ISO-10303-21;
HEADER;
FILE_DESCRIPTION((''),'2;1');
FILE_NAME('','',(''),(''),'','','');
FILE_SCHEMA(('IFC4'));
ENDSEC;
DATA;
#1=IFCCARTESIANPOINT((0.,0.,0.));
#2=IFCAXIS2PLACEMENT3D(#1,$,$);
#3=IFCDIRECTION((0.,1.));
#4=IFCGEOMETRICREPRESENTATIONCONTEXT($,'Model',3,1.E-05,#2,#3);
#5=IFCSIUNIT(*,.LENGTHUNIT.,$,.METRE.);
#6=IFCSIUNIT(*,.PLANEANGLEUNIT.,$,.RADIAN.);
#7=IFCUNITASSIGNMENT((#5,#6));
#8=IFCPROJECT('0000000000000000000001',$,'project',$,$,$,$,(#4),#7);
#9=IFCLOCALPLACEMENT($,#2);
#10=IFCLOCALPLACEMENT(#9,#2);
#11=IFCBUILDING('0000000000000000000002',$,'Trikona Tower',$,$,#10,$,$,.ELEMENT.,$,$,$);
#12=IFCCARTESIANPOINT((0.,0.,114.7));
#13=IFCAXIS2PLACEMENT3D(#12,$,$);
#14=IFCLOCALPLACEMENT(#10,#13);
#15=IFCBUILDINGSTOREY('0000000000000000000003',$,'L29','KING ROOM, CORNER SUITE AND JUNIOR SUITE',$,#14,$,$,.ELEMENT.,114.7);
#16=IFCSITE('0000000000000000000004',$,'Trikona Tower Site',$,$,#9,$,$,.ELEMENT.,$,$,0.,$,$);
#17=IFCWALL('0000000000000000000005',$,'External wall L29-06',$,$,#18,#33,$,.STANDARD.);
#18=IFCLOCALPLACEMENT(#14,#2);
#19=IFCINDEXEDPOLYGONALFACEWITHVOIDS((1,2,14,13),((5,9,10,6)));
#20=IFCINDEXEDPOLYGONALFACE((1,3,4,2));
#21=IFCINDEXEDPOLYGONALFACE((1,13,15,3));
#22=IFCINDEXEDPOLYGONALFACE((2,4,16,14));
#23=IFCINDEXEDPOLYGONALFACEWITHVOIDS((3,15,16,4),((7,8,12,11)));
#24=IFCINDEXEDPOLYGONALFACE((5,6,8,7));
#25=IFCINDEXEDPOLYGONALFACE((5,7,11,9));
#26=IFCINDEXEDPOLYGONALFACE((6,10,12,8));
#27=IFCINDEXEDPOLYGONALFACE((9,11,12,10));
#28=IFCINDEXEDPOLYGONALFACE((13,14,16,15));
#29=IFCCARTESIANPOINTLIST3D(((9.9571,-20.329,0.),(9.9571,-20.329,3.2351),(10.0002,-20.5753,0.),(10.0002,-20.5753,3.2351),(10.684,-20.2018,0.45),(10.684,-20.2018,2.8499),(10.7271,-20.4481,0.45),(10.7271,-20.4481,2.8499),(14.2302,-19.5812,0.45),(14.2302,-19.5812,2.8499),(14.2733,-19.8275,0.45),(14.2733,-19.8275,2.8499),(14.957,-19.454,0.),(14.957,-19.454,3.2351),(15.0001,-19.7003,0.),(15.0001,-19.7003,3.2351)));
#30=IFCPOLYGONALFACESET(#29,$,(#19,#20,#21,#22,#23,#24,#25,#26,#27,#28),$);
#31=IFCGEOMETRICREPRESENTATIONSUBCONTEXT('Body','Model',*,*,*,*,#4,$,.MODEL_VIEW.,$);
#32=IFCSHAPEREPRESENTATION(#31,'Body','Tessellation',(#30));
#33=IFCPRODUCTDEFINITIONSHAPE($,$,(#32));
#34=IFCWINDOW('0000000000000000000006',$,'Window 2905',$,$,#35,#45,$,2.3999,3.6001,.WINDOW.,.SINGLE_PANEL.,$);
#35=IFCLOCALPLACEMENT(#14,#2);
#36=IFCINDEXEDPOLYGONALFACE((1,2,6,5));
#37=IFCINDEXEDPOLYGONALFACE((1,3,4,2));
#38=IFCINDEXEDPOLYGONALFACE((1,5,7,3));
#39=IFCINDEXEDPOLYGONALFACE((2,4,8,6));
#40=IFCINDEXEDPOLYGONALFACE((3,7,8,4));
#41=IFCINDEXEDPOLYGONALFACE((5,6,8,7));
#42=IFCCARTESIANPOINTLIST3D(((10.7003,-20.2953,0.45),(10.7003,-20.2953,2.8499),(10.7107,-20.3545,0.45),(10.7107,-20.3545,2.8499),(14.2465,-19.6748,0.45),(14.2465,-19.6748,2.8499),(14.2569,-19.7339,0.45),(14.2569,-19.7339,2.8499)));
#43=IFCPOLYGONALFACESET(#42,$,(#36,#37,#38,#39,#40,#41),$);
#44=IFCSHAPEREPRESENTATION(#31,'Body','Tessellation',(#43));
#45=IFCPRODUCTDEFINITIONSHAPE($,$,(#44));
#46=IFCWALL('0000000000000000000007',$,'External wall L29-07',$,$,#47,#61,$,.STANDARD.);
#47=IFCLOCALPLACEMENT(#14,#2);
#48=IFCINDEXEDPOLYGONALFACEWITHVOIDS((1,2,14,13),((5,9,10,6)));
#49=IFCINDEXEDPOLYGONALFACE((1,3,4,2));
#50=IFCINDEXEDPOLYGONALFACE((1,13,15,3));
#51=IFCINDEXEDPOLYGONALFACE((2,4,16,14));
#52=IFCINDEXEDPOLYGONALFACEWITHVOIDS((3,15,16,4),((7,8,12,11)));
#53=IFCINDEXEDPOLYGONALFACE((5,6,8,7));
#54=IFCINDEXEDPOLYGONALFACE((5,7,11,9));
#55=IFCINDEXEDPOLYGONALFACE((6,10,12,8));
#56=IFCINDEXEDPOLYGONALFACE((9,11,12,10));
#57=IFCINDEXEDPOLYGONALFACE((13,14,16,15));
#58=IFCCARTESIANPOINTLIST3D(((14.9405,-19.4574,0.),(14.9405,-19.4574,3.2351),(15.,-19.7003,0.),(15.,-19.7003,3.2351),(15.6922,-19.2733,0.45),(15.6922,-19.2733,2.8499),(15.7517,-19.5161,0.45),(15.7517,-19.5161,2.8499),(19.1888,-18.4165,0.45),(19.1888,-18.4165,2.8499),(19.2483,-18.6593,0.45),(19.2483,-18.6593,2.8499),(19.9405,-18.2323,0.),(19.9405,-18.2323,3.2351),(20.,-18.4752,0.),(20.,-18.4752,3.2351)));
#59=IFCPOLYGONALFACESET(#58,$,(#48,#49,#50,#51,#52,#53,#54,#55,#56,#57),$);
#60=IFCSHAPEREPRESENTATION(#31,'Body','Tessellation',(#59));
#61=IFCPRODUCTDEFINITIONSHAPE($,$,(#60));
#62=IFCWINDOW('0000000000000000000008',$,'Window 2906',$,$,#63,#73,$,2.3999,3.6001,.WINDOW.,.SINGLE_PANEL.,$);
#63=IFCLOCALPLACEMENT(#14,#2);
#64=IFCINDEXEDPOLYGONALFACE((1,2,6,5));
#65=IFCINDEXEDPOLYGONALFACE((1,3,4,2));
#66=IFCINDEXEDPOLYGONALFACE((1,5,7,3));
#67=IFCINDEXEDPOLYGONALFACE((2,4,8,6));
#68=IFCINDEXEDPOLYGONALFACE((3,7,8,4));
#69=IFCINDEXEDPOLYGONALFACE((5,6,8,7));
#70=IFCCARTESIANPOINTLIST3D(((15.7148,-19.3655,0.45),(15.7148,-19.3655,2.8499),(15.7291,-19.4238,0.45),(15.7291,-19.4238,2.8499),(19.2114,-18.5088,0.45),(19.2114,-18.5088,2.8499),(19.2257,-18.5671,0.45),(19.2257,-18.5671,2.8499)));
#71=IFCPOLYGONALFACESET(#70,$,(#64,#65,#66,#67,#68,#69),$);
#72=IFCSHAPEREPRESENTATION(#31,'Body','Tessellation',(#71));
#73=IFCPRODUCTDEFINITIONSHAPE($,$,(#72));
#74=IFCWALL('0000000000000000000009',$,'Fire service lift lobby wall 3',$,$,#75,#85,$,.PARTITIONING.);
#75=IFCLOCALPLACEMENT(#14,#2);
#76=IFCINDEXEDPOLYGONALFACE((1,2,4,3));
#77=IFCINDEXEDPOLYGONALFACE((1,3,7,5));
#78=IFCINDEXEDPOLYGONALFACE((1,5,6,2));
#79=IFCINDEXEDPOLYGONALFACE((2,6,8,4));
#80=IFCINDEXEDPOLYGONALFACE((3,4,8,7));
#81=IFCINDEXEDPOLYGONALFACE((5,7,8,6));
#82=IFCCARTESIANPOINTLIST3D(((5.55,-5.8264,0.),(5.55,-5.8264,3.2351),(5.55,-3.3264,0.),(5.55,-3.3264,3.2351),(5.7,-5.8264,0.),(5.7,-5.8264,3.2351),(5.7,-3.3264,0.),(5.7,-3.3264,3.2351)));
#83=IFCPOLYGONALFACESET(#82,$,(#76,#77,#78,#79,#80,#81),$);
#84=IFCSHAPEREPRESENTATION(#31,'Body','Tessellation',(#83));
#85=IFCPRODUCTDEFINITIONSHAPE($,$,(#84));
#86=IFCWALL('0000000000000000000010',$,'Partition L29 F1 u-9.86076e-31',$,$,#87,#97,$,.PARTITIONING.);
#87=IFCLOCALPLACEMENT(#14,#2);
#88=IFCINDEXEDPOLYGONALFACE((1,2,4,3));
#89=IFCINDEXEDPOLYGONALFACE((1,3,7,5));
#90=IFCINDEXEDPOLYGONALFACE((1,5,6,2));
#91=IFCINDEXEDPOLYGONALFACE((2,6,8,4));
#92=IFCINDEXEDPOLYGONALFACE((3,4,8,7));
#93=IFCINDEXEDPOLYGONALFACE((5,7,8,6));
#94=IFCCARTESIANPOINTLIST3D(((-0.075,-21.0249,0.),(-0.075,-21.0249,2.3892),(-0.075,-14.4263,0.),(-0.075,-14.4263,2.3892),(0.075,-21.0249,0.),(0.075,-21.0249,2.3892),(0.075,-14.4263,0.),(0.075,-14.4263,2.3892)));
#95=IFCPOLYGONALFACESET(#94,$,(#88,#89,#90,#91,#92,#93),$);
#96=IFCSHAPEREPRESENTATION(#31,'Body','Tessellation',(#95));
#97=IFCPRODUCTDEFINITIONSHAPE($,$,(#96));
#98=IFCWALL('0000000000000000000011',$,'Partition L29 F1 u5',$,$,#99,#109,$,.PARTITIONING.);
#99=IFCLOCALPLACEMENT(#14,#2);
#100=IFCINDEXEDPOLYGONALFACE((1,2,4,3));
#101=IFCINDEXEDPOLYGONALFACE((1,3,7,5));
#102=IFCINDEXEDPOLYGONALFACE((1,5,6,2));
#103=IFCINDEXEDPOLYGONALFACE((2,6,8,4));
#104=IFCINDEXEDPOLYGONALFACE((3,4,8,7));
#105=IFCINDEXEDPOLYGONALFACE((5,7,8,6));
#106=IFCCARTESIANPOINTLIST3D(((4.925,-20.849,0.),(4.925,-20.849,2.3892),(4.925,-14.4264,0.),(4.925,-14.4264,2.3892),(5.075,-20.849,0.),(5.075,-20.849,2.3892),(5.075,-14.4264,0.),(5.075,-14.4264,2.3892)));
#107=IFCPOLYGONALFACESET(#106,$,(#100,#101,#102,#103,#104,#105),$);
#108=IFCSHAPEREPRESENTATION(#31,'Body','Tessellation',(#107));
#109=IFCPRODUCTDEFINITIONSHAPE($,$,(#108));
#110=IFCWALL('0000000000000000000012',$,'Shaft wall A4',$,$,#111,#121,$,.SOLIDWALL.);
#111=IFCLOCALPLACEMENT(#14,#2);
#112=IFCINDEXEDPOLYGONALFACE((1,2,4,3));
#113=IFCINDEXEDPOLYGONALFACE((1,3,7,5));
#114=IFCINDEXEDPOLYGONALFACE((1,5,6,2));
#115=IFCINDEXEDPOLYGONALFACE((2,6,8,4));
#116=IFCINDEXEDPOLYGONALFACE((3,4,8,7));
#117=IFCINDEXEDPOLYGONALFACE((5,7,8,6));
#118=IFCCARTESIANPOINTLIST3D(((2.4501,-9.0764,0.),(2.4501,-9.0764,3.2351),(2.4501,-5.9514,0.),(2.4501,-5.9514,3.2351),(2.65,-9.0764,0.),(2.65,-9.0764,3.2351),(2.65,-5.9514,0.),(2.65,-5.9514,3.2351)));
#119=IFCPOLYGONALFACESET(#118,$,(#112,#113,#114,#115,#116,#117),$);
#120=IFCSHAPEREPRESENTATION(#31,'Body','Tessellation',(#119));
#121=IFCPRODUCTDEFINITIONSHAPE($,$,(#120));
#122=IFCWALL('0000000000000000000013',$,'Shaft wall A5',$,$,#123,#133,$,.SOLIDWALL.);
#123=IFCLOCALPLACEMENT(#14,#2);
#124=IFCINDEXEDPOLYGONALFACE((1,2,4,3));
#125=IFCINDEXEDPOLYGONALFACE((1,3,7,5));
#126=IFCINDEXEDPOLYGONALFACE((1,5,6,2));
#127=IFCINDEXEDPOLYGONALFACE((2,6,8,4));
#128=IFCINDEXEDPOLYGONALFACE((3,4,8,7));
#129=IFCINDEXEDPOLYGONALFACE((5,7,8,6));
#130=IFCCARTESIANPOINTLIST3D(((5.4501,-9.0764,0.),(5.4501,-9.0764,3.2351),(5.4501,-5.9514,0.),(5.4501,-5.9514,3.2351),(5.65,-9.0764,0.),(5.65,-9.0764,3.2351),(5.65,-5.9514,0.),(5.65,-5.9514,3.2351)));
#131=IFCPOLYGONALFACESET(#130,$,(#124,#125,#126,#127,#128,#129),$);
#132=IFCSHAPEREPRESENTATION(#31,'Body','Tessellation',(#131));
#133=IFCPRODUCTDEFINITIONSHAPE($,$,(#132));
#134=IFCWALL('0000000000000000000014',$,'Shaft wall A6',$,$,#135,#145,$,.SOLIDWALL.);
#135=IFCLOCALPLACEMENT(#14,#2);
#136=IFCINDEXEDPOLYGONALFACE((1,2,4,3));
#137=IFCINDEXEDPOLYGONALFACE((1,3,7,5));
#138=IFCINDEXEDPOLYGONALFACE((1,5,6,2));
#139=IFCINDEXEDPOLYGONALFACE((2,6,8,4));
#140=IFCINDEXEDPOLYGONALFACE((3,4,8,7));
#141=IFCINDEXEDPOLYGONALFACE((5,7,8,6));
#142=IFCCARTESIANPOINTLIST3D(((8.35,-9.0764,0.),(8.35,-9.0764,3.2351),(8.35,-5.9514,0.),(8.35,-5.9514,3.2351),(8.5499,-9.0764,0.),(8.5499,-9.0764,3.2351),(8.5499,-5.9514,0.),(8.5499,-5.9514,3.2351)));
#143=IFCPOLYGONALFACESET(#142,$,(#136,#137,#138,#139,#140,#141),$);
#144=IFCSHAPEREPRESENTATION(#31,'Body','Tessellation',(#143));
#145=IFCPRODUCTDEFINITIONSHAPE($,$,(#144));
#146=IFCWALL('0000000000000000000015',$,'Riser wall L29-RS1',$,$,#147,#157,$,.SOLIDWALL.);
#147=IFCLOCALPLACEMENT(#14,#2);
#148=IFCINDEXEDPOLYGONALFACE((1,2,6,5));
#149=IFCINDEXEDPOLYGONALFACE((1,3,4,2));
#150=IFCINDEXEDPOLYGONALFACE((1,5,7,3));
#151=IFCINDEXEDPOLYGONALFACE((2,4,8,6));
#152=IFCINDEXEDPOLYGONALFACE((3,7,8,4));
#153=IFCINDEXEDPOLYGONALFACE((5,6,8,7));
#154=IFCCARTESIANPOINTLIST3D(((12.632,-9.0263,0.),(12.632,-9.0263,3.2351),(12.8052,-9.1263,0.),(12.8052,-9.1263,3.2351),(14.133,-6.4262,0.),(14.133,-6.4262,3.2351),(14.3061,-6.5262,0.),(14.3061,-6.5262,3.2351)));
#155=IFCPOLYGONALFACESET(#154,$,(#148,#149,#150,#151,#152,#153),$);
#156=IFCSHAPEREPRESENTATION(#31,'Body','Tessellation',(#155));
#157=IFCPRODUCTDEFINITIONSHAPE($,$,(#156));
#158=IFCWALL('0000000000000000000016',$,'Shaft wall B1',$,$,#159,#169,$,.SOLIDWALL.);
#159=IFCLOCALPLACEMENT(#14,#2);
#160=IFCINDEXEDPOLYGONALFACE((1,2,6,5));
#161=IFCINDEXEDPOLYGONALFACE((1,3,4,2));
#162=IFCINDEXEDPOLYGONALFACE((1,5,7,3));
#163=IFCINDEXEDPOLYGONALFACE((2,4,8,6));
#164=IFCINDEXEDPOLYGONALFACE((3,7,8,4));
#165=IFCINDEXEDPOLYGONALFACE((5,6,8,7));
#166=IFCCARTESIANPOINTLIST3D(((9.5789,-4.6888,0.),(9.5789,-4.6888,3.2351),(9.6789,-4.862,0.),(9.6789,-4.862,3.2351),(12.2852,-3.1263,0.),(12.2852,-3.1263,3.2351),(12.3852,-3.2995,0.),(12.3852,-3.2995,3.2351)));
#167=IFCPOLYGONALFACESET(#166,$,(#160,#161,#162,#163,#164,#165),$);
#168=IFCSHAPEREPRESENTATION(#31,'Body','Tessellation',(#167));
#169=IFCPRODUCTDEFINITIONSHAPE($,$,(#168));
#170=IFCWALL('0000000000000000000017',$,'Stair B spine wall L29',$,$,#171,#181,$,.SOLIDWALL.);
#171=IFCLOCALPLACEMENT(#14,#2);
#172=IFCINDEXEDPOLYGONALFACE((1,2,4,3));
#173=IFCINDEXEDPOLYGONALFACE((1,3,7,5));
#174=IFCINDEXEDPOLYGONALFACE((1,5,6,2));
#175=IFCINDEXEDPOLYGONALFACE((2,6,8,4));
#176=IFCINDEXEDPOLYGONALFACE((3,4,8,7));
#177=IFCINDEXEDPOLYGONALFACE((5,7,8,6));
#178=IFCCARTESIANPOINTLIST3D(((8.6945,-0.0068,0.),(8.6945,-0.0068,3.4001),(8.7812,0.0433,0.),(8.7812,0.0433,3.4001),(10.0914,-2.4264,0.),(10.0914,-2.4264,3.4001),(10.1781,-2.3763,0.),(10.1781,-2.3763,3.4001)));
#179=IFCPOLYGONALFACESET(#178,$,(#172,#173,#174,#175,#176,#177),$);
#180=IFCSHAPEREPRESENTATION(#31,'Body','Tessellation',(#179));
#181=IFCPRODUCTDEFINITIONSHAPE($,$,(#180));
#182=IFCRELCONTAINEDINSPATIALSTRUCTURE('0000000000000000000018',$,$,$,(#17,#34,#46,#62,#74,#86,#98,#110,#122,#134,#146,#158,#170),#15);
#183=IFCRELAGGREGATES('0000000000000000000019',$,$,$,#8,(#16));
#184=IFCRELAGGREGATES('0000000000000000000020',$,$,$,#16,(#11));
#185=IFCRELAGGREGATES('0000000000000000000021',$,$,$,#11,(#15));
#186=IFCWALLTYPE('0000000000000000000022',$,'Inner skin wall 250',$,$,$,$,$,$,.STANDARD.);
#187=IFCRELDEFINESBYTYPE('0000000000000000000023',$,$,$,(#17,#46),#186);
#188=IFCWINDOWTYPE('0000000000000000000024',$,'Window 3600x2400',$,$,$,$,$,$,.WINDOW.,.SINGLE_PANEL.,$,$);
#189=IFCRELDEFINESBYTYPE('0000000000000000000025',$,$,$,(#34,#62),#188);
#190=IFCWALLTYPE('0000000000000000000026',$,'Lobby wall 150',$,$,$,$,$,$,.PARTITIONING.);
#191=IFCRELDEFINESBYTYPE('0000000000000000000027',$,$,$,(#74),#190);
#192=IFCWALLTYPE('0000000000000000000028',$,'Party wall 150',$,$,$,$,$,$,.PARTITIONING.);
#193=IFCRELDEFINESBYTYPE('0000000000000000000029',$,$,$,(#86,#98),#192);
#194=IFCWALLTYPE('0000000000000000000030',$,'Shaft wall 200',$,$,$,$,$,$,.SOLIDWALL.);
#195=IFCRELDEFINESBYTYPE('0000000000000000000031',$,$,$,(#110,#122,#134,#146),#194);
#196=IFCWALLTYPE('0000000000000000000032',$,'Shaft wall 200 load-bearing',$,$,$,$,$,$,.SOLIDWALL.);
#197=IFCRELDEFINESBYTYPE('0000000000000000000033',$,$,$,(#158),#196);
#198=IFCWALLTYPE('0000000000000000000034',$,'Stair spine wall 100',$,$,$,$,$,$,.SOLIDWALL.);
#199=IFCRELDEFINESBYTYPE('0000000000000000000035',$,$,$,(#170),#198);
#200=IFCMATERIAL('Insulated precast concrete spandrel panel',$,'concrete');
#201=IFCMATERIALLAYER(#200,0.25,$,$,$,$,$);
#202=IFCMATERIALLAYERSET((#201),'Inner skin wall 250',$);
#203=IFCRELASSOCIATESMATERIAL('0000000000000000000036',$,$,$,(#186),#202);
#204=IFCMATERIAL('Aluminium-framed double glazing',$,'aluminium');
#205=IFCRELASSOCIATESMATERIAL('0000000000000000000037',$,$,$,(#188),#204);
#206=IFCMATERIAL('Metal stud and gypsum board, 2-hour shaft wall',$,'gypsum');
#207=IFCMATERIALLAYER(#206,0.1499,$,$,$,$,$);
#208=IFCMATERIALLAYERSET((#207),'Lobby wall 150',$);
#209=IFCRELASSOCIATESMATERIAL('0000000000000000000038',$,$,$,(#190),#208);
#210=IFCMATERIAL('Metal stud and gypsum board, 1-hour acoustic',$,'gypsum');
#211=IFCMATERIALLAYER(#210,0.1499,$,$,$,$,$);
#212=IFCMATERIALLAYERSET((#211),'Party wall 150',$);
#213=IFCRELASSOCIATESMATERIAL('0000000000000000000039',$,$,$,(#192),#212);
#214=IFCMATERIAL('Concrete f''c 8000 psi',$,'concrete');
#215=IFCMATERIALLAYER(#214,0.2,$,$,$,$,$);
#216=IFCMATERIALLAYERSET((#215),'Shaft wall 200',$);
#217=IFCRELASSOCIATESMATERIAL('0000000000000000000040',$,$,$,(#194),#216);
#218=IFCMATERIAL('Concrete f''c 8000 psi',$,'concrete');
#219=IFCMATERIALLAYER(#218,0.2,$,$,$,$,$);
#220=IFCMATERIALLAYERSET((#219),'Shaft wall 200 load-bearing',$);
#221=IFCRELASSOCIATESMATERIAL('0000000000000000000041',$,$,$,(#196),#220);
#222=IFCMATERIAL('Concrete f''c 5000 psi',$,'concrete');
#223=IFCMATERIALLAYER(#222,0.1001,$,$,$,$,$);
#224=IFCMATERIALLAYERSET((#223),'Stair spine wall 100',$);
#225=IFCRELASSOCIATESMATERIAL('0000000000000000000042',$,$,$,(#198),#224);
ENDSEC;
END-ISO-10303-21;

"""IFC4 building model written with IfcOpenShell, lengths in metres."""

from ifc_helpers import new_model, si_unit, direction, frame, frame_2d, origin, place, context, subcontext, project, spatial, rectangle, extrude, material, layer, layer_set, type_object, element, fill, save


model = new_model("IFC4")

# Units and contexts
model_context = context("Model", 3, precision=1e-05, world=origin(), true_north=direction((0.0, 1.0)))
body_context = subcontext(model_context, "Body", "Model", "MODEL_VIEW")
ifc_project = project(units=[si_unit("LENGTHUNIT", "METRE"), si_unit("PLANEANGLEUNIT", "RADIAN")], contexts=[model_context])

# Site, building, storey
site_placement = place(None, origin())
site = spatial("IfcSite", under=ifc_project, at=site_placement, Name="Trikona Tower Site", CompositionType="ELEMENT", RefElevation=0.0)
building_placement = place(site_placement, origin())
building = spatial("IfcBuilding", under=site, at=building_placement, Name="Trikona Tower", CompositionType="ELEMENT")
storey_placement = place(building_placement, frame((0.0, 0.0, 114.7)))
storey = spatial("IfcBuildingStorey", under=building, at=storey_placement, Name="L29", Description="KING ROOM, CORNER SUITE AND JUNIOR SUITE", CompositionType="ELEMENT", Elevation=114.7)

# Walls, openings, windows
ifc_material_1 = material(Name="Insulated precast concrete spandrel panel", Category="concrete")
ifc_layer_1 = layer(ifc_material_1, 0.25)
ifc_layer_set_1 = layer_set([ifc_layer_1], Name="Inner skin wall 250")
wall_type_1 = type_object("IfcWallType", Name="Inner skin wall 250", PredefinedType="STANDARD", material=ifc_layer_set_1)
wall_1_placement = place(storey_placement, frame((9.9785, -20.4521, 0.0), z_axis=(0.0, 0.0, 1.0), x_axis=(0.98503, 0.17238, 0.0)))
wall_1 = element("IfcWall", 1, at=wall_1_placement, inside=storey, type_object=wall_type_1, Name="External wall L29-06", PredefinedType="STANDARD", context=body_context, shape_type="SweptSolid", body=[
    extrude(rectangle(XDim=5.0759, YDim=0.25, at=frame_2d((2.5381, 0.0))), origin(), (0.0, 0.0, 1.0), 3.2351),
])
opening_1_placement = place(wall_1_placement, frame((0.738, 0.0, 0.45)))
opening_1 = element("IfcOpeningElement", 2, at=opening_1_placement, cuts=wall_1, PredefinedType="OPENING", context=body_context, shape_type="SweptSolid", body=[
    extrude(rectangle(XDim=3.6001, YDim=2.3999, at=frame_2d((1.8, 1.2))), frame((0.0, 0.135, 0.0), z_axis=(0.0, -1.0, 0.0), x_axis=(1.0, 0.0, 0.0)), (0.0, 0.0, 1.0), 0.27),
])
ifc_material_2 = material(Name="Aluminium-framed double glazing", Category="aluminium")
window_type = type_object("IfcWindowType", Name="Window 3600x2400", PartitioningType="SINGLE_PANEL", PredefinedType="WINDOW", material=ifc_material_2)
window_1_placement = place(opening_1_placement, origin())
window_1 = element("IfcWindow", 3, at=window_1_placement, inside=storey, type_object=window_type, Name="Window 2905", OverallHeight=2.3999, OverallWidth=3.6001, PartitioningType="SINGLE_PANEL", PredefinedType="WINDOW", context=body_context, shape_type="SweptSolid", body=[
    extrude(rectangle(XDim=3.6001, YDim=2.3999, at=frame_2d((1.8, 1.2))), frame((0.0, 0.03, 0.0), z_axis=(0.0, -1.0, 0.0), x_axis=(1.0, 0.0, 0.0)), (0.0, 0.0, 1.0), 0.0601),
])
fill(opening_1, window_1)
wall_2_placement = place(storey_placement, frame((14.9702, -19.5789, 0.0), z_axis=(0.0, 0.0, 1.0), x_axis=(0.97127, 0.23798, 0.0)))
wall_2 = element("IfcWall", 4, at=wall_2_placement, inside=storey, type_object=wall_type_1, Name="External wall L29-07", PredefinedType="STANDARD", context=body_context, shape_type="SweptSolid", body=[
    extrude(rectangle(XDim=5.1479, YDim=0.25, at=frame_2d((2.574, 0.0))), origin(), (0.0, 0.0, 1.0), 3.2351),
])
opening_2_placement = place(wall_2_placement, frame((0.7739, 0.0, 0.45)))
opening_2 = element("IfcOpeningElement", 5, at=opening_2_placement, cuts=wall_2, PredefinedType="OPENING", context=body_context, shape_type="SweptSolid", body=[
    extrude(rectangle(XDim=3.6001, YDim=2.3999, at=frame_2d((1.8, 1.2))), frame((0.0, 0.135, 0.0), z_axis=(0.0, -1.0, 0.0), x_axis=(1.0, 0.0, 0.0)), (0.0, 0.0, 1.0), 0.27),
])
window_2_placement = place(opening_2_placement, origin())
window_2 = element("IfcWindow", 6, at=window_2_placement, inside=storey, type_object=window_type, Name="Window 2906", OverallHeight=2.3999, OverallWidth=3.6001, PartitioningType="SINGLE_PANEL", PredefinedType="WINDOW", context=body_context, shape_type="SweptSolid", body=[
    extrude(rectangle(XDim=3.6001, YDim=2.3999, at=frame_2d((1.8, 1.2))), frame((0.0, 0.03, 0.0), z_axis=(0.0, -1.0, 0.0), x_axis=(1.0, 0.0, 0.0)), (0.0, 0.0, 1.0), 0.0601),
])
fill(opening_2, window_2)

# Walls
ifc_material_3 = material(Name="Metal stud and gypsum board, 2-hour shaft wall", Category="gypsum")
ifc_layer_2 = layer(ifc_material_3, 0.1499)
ifc_layer_set_2 = layer_set([ifc_layer_2], Name="Lobby wall 150")
wall_type_2 = type_object("IfcWallType", Name="Lobby wall 150", PredefinedType="PARTITIONING", material=ifc_layer_set_2)
wall_3_placement = place(storey_placement, frame((5.625, -5.8264, 0.0), z_axis=(0.0, 0.0, 1.0), x_axis=(0.0, 1.0, 0.0)))
element("IfcWall", 7, at=wall_3_placement, inside=storey, type_object=wall_type_2, Name="Fire service lift lobby wall 3", PredefinedType="PARTITIONING", context=body_context, shape_type="SweptSolid", body=[
    extrude(rectangle(XDim=2.5, YDim=0.1499, at=frame_2d((1.25, 0.0))), origin(), (0.0, 0.0, 1.0), 3.2351),
])
ifc_material_4 = material(Name="Metal stud and gypsum board, 1-hour acoustic", Category="gypsum")
ifc_layer_3 = layer(ifc_material_4, 0.1499)
ifc_layer_set_3 = layer_set([ifc_layer_3], Name="Party wall 150")
wall_type_3 = type_object("IfcWallType", Name="Party wall 150", PredefinedType="PARTITIONING", material=ifc_layer_set_3)
wall_4_placement = place(storey_placement, frame((0.0, -14.4263, 0.0), z_axis=(0.0, 0.0, 1.0), x_axis=(0.0, -1.0, 0.0)))
element("IfcWall", 8, at=wall_4_placement, inside=storey, type_object=wall_type_3, Name="Partition L29 F1 u-9.86076e-31", PredefinedType="PARTITIONING", context=body_context, shape_type="SweptSolid", body=[
    extrude(rectangle(XDim=6.5986, YDim=0.1499, at=frame_2d((3.2993, 0.0))), origin(), (0.0, 0.0, 1.0), 2.3892),
])
wall_5_placement = place(storey_placement, frame((5.0, -14.4263, 0.0), z_axis=(0.0, 0.0, 1.0), x_axis=(0.0, -1.0, 0.0)))
element("IfcWall", 9, at=wall_5_placement, inside=storey, type_object=wall_type_3, Name="Partition L29 F1 u5", PredefinedType="PARTITIONING", context=body_context, shape_type="SweptSolid", body=[
    extrude(rectangle(XDim=6.4226, YDim=0.1499, at=frame_2d((3.2114, 0.0))), origin(), (0.0, 0.0, 1.0), 2.3892),
])
ifc_material_5 = material(Name="Concrete f'c 8000 psi", Category="concrete")
ifc_layer_4 = layer(ifc_material_5, 0.2)
ifc_layer_set_4 = layer_set([ifc_layer_4], Name="Shaft wall 200")
wall_type_4 = type_object("IfcWallType", Name="Shaft wall 200", PredefinedType="SOLIDWALL", material=ifc_layer_set_4)
for number, where, z_axis, x_axis, name in (
    (10, (2.55, -5.9514, 0.0), (0.0, 0.0, 1.0), (0.0, -1.0, 0.0), "Shaft wall A4"),
    (11, (5.55, -5.9514, 0.0), (0.0, 0.0, 1.0), (0.0, -1.0, 0.0), "Shaft wall A5"),
    (12, (8.45, -5.9514, 0.0), (0.0, 0.0, 1.0), (0.0, -1.0, 0.0), "Shaft wall A6"),
):
    element("IfcWall", number, at=place(storey_placement, frame(where, z_axis=z_axis, x_axis=x_axis)), inside=storey, type_object=wall_type_4, Name=name, PredefinedType="SOLIDWALL", context=body_context, shape_type="SweptSolid", body=[
        extrude(rectangle(XDim=3.125, YDim=0.2, at=frame_2d((1.5625, 0.0))), origin(), (0.0, 0.0, 1.0), 3.2351),
    ])
wall_6_placement = place(storey_placement, frame((14.2195, -6.4763, 0.0), z_axis=(0.0, 0.0, 1.0), x_axis=(-0.499952, -0.866053, 0.0)))
element("IfcWall", 13, at=wall_6_placement, inside=storey, type_object=wall_type_4, Name="Riser wall L29-RS1", PredefinedType="SOLIDWALL", context=body_context, shape_type="SweptSolid", body=[
    extrude(rectangle(XDim=3.0022, YDim=0.2, at=frame_2d((1.501, 0.0))), origin(), (0.0, 0.0, 1.0), 3.2351),
])
ifc_material_6 = material(Name="Concrete f'c 8000 psi", Category="concrete")
ifc_layer_5 = layer(ifc_material_6, 0.2)
ifc_layer_set_5 = layer_set([ifc_layer_5], Name="Shaft wall 200 load-bearing")
wall_type_5 = type_object("IfcWallType", Name="Shaft wall 200 load-bearing", PredefinedType="SOLIDWALL", material=ifc_layer_set_5)
wall_7_placement = place(storey_placement, frame((9.6289, -4.7754, 0.0), z_axis=(0.0, 0.0, 1.0), x_axis=(0.866023, 0.500004, 0.0)))
element("IfcWall", 14, at=wall_7_placement, inside=storey, type_object=wall_type_5, Name="Shaft wall B1", PredefinedType="SOLIDWALL", context=body_context, shape_type="SweptSolid", body=[
    extrude(rectangle(XDim=3.125, YDim=0.2, at=frame_2d((1.5625, 0.0))), origin(), (0.0, 0.0, 1.0), 3.2351),
])
ifc_material_7 = material(Name="Concrete f'c 5000 psi", Category="concrete")
ifc_layer_6 = layer(ifc_material_7, 0.1001)
ifc_layer_set_6 = layer_set([ifc_layer_6], Name="Stair spine wall 100")
wall_type_6 = type_object("IfcWallType", Name="Stair spine wall 100", PredefinedType="SOLIDWALL", material=ifc_layer_set_6)
wall_8_placement = place(storey_placement, frame((10.1348, -2.4014, 0.0), z_axis=(0.0, 0.0, 1.0), x_axis=(-0.499992, 0.86603, 0.0)))
element("IfcWall", 15, at=wall_8_placement, inside=storey, type_object=wall_type_6, Name="Stair B spine wall L29", PredefinedType="SOLIDWALL", context=body_context, shape_type="SweptSolid", body=[
    extrude(rectangle(XDim=2.7939, YDim=0.1001, at=frame_2d((1.397, 0.0))), origin(), (0.0, 0.0, 1.0), 3.4001),
])

save(model, "model.ifc")
